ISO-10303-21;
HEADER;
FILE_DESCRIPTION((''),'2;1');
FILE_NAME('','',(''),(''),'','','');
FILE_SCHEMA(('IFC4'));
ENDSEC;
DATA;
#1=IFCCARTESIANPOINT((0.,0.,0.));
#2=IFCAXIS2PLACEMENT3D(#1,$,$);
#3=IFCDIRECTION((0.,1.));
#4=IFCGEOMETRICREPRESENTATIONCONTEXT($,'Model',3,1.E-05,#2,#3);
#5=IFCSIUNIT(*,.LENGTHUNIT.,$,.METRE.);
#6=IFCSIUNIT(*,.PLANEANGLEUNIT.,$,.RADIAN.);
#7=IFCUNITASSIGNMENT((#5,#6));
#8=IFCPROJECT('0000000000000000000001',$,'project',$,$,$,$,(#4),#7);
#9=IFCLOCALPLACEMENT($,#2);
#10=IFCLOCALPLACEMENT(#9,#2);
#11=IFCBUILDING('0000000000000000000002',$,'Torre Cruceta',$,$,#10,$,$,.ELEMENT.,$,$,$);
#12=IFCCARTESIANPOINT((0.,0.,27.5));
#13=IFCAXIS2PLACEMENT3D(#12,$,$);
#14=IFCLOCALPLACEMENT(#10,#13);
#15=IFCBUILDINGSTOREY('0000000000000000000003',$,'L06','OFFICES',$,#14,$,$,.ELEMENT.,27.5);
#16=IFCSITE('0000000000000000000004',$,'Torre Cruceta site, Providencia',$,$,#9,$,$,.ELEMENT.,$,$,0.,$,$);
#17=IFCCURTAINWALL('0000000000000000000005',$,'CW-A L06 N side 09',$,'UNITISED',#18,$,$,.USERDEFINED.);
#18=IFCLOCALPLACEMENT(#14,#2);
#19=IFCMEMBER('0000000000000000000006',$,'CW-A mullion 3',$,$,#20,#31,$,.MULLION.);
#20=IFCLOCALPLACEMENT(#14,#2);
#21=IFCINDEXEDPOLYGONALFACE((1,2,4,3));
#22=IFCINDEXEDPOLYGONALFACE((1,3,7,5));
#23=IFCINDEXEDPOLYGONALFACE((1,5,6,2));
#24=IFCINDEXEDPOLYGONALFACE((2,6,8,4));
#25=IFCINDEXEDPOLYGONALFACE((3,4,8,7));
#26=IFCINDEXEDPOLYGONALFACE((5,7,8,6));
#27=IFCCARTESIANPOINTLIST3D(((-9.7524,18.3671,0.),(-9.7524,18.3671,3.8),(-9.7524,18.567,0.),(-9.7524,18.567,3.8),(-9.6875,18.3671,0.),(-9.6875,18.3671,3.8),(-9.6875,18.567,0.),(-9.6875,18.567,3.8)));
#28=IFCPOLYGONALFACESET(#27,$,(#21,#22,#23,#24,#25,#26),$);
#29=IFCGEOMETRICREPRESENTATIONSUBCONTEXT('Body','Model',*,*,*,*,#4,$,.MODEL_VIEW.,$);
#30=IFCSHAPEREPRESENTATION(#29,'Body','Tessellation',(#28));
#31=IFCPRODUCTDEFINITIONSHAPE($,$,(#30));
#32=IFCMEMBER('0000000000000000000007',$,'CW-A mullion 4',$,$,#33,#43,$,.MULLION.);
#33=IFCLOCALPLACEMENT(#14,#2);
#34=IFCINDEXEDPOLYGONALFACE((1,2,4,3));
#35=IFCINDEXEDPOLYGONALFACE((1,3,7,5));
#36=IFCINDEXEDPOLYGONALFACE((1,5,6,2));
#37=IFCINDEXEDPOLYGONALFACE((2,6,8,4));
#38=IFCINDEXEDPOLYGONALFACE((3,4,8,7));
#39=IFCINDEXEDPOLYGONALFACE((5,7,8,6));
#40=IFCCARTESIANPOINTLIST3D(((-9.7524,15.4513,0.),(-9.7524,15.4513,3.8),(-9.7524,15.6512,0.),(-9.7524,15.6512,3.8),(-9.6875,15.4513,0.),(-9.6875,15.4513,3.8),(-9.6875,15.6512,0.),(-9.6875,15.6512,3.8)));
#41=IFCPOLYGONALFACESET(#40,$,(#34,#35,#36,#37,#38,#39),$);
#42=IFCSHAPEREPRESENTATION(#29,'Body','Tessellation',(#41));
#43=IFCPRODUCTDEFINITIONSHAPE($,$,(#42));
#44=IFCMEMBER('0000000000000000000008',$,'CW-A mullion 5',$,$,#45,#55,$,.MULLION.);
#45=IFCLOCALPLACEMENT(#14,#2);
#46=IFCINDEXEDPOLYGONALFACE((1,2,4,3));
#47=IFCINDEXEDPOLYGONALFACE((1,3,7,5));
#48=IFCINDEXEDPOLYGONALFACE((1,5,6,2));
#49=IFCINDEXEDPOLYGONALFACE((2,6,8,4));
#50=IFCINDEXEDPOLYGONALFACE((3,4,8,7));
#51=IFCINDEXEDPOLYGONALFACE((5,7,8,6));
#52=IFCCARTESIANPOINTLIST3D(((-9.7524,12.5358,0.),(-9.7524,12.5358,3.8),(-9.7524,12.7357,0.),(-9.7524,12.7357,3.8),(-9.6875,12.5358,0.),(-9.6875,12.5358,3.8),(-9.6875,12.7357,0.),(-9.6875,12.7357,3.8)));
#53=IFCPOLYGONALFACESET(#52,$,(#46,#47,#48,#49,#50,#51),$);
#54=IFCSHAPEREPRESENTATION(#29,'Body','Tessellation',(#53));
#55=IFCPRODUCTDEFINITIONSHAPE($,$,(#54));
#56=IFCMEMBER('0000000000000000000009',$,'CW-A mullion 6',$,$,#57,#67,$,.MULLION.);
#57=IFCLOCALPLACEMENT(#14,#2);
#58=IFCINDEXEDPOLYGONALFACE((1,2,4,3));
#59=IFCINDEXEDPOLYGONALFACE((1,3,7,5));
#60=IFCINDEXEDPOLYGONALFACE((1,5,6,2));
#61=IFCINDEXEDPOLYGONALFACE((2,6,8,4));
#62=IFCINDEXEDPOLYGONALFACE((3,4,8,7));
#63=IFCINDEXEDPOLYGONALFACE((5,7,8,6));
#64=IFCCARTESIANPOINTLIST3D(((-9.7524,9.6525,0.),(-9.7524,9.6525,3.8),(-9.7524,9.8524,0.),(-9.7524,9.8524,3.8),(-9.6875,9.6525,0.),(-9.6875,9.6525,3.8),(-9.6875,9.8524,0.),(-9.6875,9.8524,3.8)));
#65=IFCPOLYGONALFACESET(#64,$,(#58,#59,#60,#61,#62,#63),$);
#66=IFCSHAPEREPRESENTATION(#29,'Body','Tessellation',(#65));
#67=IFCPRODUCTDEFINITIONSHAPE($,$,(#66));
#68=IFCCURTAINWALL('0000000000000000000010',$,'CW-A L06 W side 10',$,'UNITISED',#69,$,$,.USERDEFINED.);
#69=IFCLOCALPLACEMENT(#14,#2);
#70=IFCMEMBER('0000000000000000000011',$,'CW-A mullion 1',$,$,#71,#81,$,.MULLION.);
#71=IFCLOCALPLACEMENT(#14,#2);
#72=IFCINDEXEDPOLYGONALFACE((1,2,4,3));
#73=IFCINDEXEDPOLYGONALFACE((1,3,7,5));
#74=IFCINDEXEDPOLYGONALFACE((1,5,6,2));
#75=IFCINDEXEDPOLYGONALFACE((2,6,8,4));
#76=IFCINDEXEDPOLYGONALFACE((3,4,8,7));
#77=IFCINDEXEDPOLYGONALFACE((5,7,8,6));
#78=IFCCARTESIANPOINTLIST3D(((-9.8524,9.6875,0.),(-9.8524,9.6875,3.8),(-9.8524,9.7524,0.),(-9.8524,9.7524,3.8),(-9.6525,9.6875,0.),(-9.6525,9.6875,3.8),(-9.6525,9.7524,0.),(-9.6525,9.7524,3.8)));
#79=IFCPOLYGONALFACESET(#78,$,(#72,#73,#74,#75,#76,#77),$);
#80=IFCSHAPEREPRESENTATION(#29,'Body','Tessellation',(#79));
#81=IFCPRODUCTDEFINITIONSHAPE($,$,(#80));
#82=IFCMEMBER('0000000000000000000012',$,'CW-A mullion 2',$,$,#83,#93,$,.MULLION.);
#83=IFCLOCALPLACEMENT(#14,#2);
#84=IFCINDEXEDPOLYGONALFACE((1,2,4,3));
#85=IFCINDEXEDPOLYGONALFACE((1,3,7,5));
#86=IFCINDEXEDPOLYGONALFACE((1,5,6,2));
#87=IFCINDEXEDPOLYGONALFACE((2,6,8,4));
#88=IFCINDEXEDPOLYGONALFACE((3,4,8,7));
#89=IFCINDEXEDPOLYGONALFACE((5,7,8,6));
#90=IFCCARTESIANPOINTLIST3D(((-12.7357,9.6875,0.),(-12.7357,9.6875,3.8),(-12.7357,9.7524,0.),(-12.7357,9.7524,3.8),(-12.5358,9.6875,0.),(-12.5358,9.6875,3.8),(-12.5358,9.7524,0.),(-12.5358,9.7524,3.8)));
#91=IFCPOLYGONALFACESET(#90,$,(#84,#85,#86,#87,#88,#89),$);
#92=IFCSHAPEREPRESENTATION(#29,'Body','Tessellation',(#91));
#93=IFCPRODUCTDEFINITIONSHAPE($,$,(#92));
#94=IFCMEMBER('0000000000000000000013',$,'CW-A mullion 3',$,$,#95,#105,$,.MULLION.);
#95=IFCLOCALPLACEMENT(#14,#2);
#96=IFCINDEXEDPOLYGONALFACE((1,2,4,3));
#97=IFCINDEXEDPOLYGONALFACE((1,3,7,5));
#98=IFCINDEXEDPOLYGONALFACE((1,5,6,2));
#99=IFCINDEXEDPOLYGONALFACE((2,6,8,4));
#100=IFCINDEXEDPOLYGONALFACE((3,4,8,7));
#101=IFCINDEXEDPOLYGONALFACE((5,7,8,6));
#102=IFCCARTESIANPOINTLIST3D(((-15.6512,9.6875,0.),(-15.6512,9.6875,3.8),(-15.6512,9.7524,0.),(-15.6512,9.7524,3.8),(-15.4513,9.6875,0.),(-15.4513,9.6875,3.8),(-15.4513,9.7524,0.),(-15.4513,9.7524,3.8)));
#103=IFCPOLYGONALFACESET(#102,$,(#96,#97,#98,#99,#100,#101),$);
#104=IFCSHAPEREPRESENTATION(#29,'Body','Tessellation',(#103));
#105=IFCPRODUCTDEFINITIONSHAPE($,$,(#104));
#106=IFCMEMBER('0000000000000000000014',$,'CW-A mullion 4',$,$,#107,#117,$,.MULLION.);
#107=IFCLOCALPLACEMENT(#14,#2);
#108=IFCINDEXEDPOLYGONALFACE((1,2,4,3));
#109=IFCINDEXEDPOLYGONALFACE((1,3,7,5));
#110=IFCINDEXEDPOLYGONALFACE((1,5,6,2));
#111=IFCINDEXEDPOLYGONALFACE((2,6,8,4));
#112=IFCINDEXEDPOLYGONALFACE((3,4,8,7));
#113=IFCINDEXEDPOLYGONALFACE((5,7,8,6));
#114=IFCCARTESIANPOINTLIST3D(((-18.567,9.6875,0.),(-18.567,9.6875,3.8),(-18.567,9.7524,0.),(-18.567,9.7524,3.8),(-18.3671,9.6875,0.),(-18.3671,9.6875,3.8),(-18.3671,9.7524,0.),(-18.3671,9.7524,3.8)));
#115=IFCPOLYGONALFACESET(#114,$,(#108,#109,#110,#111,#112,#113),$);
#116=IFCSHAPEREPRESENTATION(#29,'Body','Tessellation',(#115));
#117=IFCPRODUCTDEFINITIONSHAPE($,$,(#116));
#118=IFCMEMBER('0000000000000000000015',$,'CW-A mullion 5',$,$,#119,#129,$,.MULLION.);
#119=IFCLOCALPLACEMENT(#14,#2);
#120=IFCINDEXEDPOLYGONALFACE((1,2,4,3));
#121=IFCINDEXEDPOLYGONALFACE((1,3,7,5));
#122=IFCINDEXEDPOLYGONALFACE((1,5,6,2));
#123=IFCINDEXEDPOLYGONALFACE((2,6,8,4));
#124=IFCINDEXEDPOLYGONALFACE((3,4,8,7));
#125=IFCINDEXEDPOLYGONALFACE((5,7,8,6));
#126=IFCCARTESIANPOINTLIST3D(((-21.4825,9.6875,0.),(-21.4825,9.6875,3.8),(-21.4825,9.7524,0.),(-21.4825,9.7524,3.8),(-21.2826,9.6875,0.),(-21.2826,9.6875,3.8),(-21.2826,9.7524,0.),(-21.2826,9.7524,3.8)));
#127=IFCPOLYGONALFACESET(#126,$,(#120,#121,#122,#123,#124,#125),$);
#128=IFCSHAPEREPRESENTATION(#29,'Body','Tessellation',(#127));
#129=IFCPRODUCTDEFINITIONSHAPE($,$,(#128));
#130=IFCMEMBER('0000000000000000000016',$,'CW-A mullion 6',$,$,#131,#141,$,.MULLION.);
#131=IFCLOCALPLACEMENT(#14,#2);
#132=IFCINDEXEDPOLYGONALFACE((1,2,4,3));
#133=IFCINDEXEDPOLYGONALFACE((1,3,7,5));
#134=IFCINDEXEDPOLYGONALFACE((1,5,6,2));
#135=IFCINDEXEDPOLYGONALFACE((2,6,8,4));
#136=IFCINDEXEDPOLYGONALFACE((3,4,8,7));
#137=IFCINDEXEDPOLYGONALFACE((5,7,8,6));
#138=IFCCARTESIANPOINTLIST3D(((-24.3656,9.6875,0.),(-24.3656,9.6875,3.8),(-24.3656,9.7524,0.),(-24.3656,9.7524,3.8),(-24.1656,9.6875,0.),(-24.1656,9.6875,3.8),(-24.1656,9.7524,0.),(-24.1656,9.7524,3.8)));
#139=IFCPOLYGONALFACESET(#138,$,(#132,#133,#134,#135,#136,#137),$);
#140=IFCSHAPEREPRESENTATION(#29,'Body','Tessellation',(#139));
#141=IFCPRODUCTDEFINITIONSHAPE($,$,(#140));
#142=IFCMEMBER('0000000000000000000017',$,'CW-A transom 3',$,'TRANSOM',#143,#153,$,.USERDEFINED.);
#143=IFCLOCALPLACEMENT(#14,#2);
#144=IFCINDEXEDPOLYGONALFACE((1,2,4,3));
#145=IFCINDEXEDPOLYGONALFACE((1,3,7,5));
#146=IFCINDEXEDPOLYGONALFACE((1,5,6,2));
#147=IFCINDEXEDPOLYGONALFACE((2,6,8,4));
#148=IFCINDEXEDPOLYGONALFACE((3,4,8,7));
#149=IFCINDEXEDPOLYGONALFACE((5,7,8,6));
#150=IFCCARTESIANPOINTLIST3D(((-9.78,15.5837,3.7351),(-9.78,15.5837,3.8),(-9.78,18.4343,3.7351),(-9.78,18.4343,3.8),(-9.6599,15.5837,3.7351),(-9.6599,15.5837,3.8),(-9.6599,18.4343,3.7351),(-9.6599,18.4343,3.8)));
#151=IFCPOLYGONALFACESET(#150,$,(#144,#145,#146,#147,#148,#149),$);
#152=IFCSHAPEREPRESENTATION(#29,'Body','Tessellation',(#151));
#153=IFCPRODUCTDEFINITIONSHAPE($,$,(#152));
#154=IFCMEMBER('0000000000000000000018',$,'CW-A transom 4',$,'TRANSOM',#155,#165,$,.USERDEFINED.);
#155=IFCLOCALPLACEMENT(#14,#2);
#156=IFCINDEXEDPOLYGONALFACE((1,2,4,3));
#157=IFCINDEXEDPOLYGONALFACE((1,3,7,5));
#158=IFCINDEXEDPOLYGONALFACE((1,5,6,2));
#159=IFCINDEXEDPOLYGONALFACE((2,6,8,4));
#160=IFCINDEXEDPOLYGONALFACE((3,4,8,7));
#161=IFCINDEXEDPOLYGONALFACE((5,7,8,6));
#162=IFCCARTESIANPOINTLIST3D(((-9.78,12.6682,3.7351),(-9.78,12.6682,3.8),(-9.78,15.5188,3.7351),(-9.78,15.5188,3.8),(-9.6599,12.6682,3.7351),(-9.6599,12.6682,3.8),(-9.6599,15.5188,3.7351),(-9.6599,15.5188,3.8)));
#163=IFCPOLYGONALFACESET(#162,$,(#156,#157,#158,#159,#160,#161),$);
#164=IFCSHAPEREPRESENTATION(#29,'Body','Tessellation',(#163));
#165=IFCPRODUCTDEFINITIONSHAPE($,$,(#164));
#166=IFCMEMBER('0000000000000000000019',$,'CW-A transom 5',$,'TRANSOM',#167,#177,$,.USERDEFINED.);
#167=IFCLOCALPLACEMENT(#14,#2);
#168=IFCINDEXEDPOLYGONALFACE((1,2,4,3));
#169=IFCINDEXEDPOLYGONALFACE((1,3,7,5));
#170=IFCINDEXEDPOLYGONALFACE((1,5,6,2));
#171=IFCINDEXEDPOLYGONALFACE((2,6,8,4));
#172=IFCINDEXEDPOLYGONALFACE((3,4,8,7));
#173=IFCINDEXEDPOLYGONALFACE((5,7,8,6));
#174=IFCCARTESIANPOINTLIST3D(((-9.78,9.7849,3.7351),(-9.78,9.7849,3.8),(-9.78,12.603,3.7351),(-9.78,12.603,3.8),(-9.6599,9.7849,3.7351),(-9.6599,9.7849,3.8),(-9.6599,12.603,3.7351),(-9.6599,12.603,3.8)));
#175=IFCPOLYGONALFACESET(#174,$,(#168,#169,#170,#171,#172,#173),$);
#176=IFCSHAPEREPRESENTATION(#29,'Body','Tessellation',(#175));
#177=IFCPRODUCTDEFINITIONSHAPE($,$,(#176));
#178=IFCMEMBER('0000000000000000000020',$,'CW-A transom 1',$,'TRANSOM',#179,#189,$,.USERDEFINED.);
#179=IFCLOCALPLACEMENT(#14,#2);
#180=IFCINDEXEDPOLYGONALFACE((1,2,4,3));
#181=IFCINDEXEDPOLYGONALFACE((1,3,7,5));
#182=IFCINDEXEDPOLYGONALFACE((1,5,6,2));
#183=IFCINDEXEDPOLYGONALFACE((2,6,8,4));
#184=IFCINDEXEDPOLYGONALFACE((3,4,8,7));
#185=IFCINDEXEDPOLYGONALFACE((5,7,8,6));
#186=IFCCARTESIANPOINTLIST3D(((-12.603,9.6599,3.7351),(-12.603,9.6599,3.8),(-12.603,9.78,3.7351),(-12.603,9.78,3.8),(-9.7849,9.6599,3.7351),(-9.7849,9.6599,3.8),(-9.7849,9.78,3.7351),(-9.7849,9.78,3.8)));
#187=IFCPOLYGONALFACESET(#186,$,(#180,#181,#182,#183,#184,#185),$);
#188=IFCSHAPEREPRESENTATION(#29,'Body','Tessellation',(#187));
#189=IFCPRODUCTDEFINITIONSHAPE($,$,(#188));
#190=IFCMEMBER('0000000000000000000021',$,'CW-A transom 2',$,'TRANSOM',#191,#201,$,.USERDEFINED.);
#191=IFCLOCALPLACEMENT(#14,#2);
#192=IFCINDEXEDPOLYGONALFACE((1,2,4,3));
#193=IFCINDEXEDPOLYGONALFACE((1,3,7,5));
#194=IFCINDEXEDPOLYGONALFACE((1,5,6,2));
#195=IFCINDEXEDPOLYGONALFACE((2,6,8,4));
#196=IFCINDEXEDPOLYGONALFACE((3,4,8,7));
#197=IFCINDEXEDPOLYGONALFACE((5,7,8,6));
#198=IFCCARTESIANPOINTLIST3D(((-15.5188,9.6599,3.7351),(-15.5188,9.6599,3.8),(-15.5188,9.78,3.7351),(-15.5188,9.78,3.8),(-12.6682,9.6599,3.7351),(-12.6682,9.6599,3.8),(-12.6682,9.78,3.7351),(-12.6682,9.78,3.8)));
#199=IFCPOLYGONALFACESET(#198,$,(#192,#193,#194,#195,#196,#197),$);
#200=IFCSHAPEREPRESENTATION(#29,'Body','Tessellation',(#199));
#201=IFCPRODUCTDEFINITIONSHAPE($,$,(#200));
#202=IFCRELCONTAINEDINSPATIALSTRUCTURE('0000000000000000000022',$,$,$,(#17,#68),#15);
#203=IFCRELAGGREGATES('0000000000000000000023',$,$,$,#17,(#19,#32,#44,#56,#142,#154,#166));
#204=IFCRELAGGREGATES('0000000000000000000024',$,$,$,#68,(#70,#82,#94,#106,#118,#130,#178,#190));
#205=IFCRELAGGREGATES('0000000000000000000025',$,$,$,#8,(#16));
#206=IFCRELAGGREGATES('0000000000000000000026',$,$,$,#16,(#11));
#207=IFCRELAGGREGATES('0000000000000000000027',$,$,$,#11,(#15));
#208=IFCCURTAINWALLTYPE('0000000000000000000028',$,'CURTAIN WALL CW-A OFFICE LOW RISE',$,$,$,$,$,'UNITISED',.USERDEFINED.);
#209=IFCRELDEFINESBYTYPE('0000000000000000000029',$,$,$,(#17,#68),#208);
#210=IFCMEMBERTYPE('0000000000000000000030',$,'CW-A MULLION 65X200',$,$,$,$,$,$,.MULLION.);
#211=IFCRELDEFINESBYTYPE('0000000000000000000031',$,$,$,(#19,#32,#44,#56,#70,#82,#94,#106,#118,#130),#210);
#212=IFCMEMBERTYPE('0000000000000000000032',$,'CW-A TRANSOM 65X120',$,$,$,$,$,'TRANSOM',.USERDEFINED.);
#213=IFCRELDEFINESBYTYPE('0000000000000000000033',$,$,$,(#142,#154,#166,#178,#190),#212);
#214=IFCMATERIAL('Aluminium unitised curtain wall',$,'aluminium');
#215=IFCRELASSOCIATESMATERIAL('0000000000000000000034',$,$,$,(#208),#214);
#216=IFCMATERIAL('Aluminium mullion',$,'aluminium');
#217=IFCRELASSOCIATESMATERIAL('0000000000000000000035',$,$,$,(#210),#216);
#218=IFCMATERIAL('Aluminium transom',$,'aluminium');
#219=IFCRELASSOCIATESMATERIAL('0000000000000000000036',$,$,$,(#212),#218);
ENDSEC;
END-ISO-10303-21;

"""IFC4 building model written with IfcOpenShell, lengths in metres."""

from ifc_helpers import new_model, si_unit, direction, frame, origin, origin_2d, place, context, subcontext, project, spatial, rectangle, extrude, material, material_profile, profile_set, type_object, element, aggregate, save


model = new_model("IFC4")

# Units and contexts
model_context = context("Model", 3, precision=1e-05, world=origin(), true_north=direction((0.0, 1.0)))
body_context = subcontext(model_context, "Body", "Model", "MODEL_VIEW")
ifc_project = project(units=[si_unit("LENGTHUNIT", "METRE"), si_unit("PLANEANGLEUNIT", "RADIAN")], contexts=[model_context])

# Site, building, storey
site_placement = place(None, origin())
site = spatial("IfcSite", under=ifc_project, at=site_placement, Name="Torre Cruceta site, Providencia", CompositionType="ELEMENT", RefElevation=0.0)
building_placement = place(site_placement, origin())
building = spatial("IfcBuilding", under=site, at=building_placement, Name="Torre Cruceta", CompositionType="ELEMENT")
storey_placement = place(building_placement, frame((0.0, 0.0, 27.5)))
storey = spatial("IfcBuildingStorey", under=building, at=storey_placement, Name="L06", Description="OFFICES", CompositionType="ELEMENT", Elevation=27.5)

# Curtain walls, members
ifc_material_1 = material(Name="Aluminium unitised curtain wall", Category="aluminium")
curtain_wall_type = type_object("IfcCurtainWallType", Name="CURTAIN WALL CW-A OFFICE LOW RISE", ElementType="UNITISED", PredefinedType="USERDEFINED", material=ifc_material_1)
curtain_wall_1_placement = place(storey_placement, origin())
curtain_wall_1 = element("IfcCurtainWall", 1, at=curtain_wall_1_placement, inside=storey, type_object=curtain_wall_type, Name="CW-A L06 N side 09", ObjectType="UNITISED", PredefinedType="USERDEFINED")
ifc_material_2 = material(Name="Aluminium mullion", Category="aluminium")
ifc_material_profile_1 = material_profile(ifc_material_2, rectangle(XDim=0.0649, YDim=0.2, at=origin_2d()), Name="AL 65X200")
ifc_profile_set_1 = profile_set([ifc_material_profile_1], Name="Aluminium mullion")
member_type_1 = type_object("IfcMemberType", Name="CW-A MULLION 65X200", PredefinedType="MULLION", material=ifc_profile_set_1)
member_1_placement = place(storey_placement, frame((-9.72, 18.467, 0.0), z_axis=(0.0, 0.0, 1.0), x_axis=(1.0, 0.0, 0.0)))
member_1 = element("IfcMember", 2, at=member_1_placement, type_object=member_type_1, Name="CW-A mullion 3", PredefinedType="MULLION", context=body_context, shape_type="SweptSolid", body=[
    extrude(rectangle(XDim=0.0649, YDim=0.2, at=origin_2d()), origin(), (0.0, 0.0, 1.0), 3.8),
])
member_2_placement = place(storey_placement, frame((-9.72, 15.5513, 0.0), z_axis=(0.0, 0.0, 1.0), x_axis=(1.0, 0.0, 0.0)))
member_2 = element("IfcMember", 3, at=member_2_placement, type_object=member_type_1, Name="CW-A mullion 4", PredefinedType="MULLION", context=body_context, shape_type="SweptSolid", body=[
    extrude(rectangle(XDim=0.0649, YDim=0.2, at=origin_2d()), origin(), (0.0, 0.0, 1.0), 3.8),
])
member_3_placement = place(storey_placement, frame((-9.72, 12.6357, 0.0), z_axis=(0.0, 0.0, 1.0), x_axis=(1.0, 0.0, 0.0)))
member_3 = element("IfcMember", 4, at=member_3_placement, type_object=member_type_1, Name="CW-A mullion 5", PredefinedType="MULLION", context=body_context, shape_type="SweptSolid", body=[
    extrude(rectangle(XDim=0.0649, YDim=0.2, at=origin_2d()), origin(), (0.0, 0.0, 1.0), 3.8),
])
member_4_placement = place(storey_placement, frame((-9.72, 9.7524, 0.0), z_axis=(0.0, 0.0, 1.0), x_axis=(1.0, 0.0, 0.0)))
member_4 = element("IfcMember", 5, at=member_4_placement, type_object=member_type_1, Name="CW-A mullion 6", PredefinedType="MULLION", context=body_context, shape_type="SweptSolid", body=[
    extrude(rectangle(XDim=0.0649, YDim=0.2, at=origin_2d()), origin(), (0.0, 0.0, 1.0), 3.8),
])
curtain_wall_2_placement = place(storey_placement, origin())
curtain_wall_2 = element("IfcCurtainWall", 6, at=curtain_wall_2_placement, inside=storey, type_object=curtain_wall_type, Name="CW-A L06 W side 10", ObjectType="UNITISED", PredefinedType="USERDEFINED")
member_5_placement = place(storey_placement, frame((-9.7524, 9.72, 0.0), z_axis=(0.0, 0.0, 1.0), x_axis=(0.0, -1.0, 0.0)))
member_5 = element("IfcMember", 7, at=member_5_placement, type_object=member_type_1, Name="CW-A mullion 1", PredefinedType="MULLION", context=body_context, shape_type="SweptSolid", body=[
    extrude(rectangle(XDim=0.0649, YDim=0.2, at=origin_2d()), origin(), (0.0, 0.0, 1.0), 3.8),
])
member_6_placement = place(storey_placement, frame((-12.6357, 9.72, 0.0), z_axis=(0.0, 0.0, 1.0), x_axis=(0.0, -1.0, 0.0)))
member_6 = element("IfcMember", 8, at=member_6_placement, type_object=member_type_1, Name="CW-A mullion 2", PredefinedType="MULLION", context=body_context, shape_type="SweptSolid", body=[
    extrude(rectangle(XDim=0.0649, YDim=0.2, at=origin_2d()), origin(), (0.0, 0.0, 1.0), 3.8),
])
member_7_placement = place(storey_placement, frame((-15.5513, 9.72, 0.0), z_axis=(0.0, 0.0, 1.0), x_axis=(0.0, -1.0, 0.0)))
member_7 = element("IfcMember", 9, at=member_7_placement, type_object=member_type_1, Name="CW-A mullion 3", PredefinedType="MULLION", context=body_context, shape_type="SweptSolid", body=[
    extrude(rectangle(XDim=0.0649, YDim=0.2, at=origin_2d()), origin(), (0.0, 0.0, 1.0), 3.8),
])
member_8_placement = place(storey_placement, frame((-18.467, 9.72, 0.0), z_axis=(0.0, 0.0, 1.0), x_axis=(0.0, -1.0, 0.0)))
member_8 = element("IfcMember", 10, at=member_8_placement, type_object=member_type_1, Name="CW-A mullion 4", PredefinedType="MULLION", context=body_context, shape_type="SweptSolid", body=[
    extrude(rectangle(XDim=0.0649, YDim=0.2, at=origin_2d()), origin(), (0.0, 0.0, 1.0), 3.8),
])
member_9_placement = place(storey_placement, frame((-21.3826, 9.72, 0.0), z_axis=(0.0, 0.0, 1.0), x_axis=(0.0, -1.0, 0.0)))
member_9 = element("IfcMember", 11, at=member_9_placement, type_object=member_type_1, Name="CW-A mullion 5", PredefinedType="MULLION", context=body_context, shape_type="SweptSolid", body=[
    extrude(rectangle(XDim=0.0649, YDim=0.2, at=origin_2d()), origin(), (0.0, 0.0, 1.0), 3.8),
])
member_10_placement = place(storey_placement, frame((-24.2656, 9.72, 0.0), z_axis=(0.0, 0.0, 1.0), x_axis=(0.0, -1.0, 0.0)))
member_10 = element("IfcMember", 12, at=member_10_placement, type_object=member_type_1, Name="CW-A mullion 6", PredefinedType="MULLION", context=body_context, shape_type="SweptSolid", body=[
    extrude(rectangle(XDim=0.0649, YDim=0.2, at=origin_2d()), origin(), (0.0, 0.0, 1.0), 3.8),
])

# Members
ifc_material_3 = material(Name="Aluminium transom", Category="aluminium")
ifc_material_profile_2 = material_profile(ifc_material_3, rectangle(XDim=0.1201, YDim=0.0649, at=origin_2d()), Name="AL 120X65")
ifc_profile_set_2 = profile_set([ifc_material_profile_2], Name="Aluminium transom")
member_type_2 = type_object("IfcMemberType", Name="CW-A TRANSOM 65X120", ElementType="TRANSOM", PredefinedType="USERDEFINED", material=ifc_profile_set_2)
member_11_placement = place(storey_placement, frame((-9.72, 18.4343, 3.7676), z_axis=(0.0, -1.0, 0.0), x_axis=(1.0, 0.0, 0.0)))
member_11 = element("IfcMember", 13, at=member_11_placement, type_object=member_type_2, Name="CW-A transom 3", ObjectType="TRANSOM", PredefinedType="USERDEFINED", context=body_context, shape_type="SweptSolid", body=[
    extrude(rectangle(XDim=0.1201, YDim=0.0649, at=origin_2d()), origin(), (0.0, 0.0, 1.0), 2.8506),
])
member_12_placement = place(storey_placement, frame((-9.72, 15.5188, 3.7676), z_axis=(0.0, -1.0, 0.0), x_axis=(1.0, 0.0, 0.0)))
member_12 = element("IfcMember", 14, at=member_12_placement, type_object=member_type_2, Name="CW-A transom 4", ObjectType="TRANSOM", PredefinedType="USERDEFINED", context=body_context, shape_type="SweptSolid", body=[
    extrude(rectangle(XDim=0.1201, YDim=0.0649, at=origin_2d()), origin(), (0.0, 0.0, 1.0), 2.8506),
])
member_13_placement = place(storey_placement, frame((-9.72, 12.603, 3.7676), z_axis=(0.0, -1.0, 0.0), x_axis=(1.0, 0.0, 0.0)))
member_13 = element("IfcMember", 15, at=member_13_placement, type_object=member_type_2, Name="CW-A transom 5", ObjectType="TRANSOM", PredefinedType="USERDEFINED", context=body_context, shape_type="SweptSolid", body=[
    extrude(rectangle(XDim=0.1201, YDim=0.0649, at=origin_2d()), origin(), (0.0, 0.0, 1.0), 2.8181),
])
member_14_placement = place(storey_placement, frame((-9.7849, 9.72, 3.7676), z_axis=(-1.0, 0.0, 0.0), x_axis=(0.0, -1.0, 0.0)))
member_14 = element("IfcMember", 16, at=member_14_placement, type_object=member_type_2, Name="CW-A transom 1", ObjectType="TRANSOM", PredefinedType="USERDEFINED", context=body_context, shape_type="SweptSolid", body=[
    extrude(rectangle(XDim=0.1201, YDim=0.0649, at=origin_2d()), origin(), (0.0, 0.0, 1.0), 2.8181),
])
member_15_placement = place(storey_placement, frame((-12.6682, 9.72, 3.7676), z_axis=(-1.0, 0.0, 0.0), x_axis=(0.0, -1.0, 0.0)))
member_15 = element("IfcMember", 17, at=member_15_placement, type_object=member_type_2, Name="CW-A transom 2", ObjectType="TRANSOM", PredefinedType="USERDEFINED", context=body_context, shape_type="SweptSolid", body=[
    extrude(rectangle(XDim=0.1201, YDim=0.0649, at=origin_2d()), origin(), (0.0, 0.0, 1.0), 2.8506),
])

aggregate(curtain_wall_1, [member_1, member_2, member_3, member_4, member_11, member_12, member_13])
aggregate(curtain_wall_2, [member_5, member_6, member_7, member_8, member_9, member_10, member_14, member_15])

save(model, "model.ifc")
